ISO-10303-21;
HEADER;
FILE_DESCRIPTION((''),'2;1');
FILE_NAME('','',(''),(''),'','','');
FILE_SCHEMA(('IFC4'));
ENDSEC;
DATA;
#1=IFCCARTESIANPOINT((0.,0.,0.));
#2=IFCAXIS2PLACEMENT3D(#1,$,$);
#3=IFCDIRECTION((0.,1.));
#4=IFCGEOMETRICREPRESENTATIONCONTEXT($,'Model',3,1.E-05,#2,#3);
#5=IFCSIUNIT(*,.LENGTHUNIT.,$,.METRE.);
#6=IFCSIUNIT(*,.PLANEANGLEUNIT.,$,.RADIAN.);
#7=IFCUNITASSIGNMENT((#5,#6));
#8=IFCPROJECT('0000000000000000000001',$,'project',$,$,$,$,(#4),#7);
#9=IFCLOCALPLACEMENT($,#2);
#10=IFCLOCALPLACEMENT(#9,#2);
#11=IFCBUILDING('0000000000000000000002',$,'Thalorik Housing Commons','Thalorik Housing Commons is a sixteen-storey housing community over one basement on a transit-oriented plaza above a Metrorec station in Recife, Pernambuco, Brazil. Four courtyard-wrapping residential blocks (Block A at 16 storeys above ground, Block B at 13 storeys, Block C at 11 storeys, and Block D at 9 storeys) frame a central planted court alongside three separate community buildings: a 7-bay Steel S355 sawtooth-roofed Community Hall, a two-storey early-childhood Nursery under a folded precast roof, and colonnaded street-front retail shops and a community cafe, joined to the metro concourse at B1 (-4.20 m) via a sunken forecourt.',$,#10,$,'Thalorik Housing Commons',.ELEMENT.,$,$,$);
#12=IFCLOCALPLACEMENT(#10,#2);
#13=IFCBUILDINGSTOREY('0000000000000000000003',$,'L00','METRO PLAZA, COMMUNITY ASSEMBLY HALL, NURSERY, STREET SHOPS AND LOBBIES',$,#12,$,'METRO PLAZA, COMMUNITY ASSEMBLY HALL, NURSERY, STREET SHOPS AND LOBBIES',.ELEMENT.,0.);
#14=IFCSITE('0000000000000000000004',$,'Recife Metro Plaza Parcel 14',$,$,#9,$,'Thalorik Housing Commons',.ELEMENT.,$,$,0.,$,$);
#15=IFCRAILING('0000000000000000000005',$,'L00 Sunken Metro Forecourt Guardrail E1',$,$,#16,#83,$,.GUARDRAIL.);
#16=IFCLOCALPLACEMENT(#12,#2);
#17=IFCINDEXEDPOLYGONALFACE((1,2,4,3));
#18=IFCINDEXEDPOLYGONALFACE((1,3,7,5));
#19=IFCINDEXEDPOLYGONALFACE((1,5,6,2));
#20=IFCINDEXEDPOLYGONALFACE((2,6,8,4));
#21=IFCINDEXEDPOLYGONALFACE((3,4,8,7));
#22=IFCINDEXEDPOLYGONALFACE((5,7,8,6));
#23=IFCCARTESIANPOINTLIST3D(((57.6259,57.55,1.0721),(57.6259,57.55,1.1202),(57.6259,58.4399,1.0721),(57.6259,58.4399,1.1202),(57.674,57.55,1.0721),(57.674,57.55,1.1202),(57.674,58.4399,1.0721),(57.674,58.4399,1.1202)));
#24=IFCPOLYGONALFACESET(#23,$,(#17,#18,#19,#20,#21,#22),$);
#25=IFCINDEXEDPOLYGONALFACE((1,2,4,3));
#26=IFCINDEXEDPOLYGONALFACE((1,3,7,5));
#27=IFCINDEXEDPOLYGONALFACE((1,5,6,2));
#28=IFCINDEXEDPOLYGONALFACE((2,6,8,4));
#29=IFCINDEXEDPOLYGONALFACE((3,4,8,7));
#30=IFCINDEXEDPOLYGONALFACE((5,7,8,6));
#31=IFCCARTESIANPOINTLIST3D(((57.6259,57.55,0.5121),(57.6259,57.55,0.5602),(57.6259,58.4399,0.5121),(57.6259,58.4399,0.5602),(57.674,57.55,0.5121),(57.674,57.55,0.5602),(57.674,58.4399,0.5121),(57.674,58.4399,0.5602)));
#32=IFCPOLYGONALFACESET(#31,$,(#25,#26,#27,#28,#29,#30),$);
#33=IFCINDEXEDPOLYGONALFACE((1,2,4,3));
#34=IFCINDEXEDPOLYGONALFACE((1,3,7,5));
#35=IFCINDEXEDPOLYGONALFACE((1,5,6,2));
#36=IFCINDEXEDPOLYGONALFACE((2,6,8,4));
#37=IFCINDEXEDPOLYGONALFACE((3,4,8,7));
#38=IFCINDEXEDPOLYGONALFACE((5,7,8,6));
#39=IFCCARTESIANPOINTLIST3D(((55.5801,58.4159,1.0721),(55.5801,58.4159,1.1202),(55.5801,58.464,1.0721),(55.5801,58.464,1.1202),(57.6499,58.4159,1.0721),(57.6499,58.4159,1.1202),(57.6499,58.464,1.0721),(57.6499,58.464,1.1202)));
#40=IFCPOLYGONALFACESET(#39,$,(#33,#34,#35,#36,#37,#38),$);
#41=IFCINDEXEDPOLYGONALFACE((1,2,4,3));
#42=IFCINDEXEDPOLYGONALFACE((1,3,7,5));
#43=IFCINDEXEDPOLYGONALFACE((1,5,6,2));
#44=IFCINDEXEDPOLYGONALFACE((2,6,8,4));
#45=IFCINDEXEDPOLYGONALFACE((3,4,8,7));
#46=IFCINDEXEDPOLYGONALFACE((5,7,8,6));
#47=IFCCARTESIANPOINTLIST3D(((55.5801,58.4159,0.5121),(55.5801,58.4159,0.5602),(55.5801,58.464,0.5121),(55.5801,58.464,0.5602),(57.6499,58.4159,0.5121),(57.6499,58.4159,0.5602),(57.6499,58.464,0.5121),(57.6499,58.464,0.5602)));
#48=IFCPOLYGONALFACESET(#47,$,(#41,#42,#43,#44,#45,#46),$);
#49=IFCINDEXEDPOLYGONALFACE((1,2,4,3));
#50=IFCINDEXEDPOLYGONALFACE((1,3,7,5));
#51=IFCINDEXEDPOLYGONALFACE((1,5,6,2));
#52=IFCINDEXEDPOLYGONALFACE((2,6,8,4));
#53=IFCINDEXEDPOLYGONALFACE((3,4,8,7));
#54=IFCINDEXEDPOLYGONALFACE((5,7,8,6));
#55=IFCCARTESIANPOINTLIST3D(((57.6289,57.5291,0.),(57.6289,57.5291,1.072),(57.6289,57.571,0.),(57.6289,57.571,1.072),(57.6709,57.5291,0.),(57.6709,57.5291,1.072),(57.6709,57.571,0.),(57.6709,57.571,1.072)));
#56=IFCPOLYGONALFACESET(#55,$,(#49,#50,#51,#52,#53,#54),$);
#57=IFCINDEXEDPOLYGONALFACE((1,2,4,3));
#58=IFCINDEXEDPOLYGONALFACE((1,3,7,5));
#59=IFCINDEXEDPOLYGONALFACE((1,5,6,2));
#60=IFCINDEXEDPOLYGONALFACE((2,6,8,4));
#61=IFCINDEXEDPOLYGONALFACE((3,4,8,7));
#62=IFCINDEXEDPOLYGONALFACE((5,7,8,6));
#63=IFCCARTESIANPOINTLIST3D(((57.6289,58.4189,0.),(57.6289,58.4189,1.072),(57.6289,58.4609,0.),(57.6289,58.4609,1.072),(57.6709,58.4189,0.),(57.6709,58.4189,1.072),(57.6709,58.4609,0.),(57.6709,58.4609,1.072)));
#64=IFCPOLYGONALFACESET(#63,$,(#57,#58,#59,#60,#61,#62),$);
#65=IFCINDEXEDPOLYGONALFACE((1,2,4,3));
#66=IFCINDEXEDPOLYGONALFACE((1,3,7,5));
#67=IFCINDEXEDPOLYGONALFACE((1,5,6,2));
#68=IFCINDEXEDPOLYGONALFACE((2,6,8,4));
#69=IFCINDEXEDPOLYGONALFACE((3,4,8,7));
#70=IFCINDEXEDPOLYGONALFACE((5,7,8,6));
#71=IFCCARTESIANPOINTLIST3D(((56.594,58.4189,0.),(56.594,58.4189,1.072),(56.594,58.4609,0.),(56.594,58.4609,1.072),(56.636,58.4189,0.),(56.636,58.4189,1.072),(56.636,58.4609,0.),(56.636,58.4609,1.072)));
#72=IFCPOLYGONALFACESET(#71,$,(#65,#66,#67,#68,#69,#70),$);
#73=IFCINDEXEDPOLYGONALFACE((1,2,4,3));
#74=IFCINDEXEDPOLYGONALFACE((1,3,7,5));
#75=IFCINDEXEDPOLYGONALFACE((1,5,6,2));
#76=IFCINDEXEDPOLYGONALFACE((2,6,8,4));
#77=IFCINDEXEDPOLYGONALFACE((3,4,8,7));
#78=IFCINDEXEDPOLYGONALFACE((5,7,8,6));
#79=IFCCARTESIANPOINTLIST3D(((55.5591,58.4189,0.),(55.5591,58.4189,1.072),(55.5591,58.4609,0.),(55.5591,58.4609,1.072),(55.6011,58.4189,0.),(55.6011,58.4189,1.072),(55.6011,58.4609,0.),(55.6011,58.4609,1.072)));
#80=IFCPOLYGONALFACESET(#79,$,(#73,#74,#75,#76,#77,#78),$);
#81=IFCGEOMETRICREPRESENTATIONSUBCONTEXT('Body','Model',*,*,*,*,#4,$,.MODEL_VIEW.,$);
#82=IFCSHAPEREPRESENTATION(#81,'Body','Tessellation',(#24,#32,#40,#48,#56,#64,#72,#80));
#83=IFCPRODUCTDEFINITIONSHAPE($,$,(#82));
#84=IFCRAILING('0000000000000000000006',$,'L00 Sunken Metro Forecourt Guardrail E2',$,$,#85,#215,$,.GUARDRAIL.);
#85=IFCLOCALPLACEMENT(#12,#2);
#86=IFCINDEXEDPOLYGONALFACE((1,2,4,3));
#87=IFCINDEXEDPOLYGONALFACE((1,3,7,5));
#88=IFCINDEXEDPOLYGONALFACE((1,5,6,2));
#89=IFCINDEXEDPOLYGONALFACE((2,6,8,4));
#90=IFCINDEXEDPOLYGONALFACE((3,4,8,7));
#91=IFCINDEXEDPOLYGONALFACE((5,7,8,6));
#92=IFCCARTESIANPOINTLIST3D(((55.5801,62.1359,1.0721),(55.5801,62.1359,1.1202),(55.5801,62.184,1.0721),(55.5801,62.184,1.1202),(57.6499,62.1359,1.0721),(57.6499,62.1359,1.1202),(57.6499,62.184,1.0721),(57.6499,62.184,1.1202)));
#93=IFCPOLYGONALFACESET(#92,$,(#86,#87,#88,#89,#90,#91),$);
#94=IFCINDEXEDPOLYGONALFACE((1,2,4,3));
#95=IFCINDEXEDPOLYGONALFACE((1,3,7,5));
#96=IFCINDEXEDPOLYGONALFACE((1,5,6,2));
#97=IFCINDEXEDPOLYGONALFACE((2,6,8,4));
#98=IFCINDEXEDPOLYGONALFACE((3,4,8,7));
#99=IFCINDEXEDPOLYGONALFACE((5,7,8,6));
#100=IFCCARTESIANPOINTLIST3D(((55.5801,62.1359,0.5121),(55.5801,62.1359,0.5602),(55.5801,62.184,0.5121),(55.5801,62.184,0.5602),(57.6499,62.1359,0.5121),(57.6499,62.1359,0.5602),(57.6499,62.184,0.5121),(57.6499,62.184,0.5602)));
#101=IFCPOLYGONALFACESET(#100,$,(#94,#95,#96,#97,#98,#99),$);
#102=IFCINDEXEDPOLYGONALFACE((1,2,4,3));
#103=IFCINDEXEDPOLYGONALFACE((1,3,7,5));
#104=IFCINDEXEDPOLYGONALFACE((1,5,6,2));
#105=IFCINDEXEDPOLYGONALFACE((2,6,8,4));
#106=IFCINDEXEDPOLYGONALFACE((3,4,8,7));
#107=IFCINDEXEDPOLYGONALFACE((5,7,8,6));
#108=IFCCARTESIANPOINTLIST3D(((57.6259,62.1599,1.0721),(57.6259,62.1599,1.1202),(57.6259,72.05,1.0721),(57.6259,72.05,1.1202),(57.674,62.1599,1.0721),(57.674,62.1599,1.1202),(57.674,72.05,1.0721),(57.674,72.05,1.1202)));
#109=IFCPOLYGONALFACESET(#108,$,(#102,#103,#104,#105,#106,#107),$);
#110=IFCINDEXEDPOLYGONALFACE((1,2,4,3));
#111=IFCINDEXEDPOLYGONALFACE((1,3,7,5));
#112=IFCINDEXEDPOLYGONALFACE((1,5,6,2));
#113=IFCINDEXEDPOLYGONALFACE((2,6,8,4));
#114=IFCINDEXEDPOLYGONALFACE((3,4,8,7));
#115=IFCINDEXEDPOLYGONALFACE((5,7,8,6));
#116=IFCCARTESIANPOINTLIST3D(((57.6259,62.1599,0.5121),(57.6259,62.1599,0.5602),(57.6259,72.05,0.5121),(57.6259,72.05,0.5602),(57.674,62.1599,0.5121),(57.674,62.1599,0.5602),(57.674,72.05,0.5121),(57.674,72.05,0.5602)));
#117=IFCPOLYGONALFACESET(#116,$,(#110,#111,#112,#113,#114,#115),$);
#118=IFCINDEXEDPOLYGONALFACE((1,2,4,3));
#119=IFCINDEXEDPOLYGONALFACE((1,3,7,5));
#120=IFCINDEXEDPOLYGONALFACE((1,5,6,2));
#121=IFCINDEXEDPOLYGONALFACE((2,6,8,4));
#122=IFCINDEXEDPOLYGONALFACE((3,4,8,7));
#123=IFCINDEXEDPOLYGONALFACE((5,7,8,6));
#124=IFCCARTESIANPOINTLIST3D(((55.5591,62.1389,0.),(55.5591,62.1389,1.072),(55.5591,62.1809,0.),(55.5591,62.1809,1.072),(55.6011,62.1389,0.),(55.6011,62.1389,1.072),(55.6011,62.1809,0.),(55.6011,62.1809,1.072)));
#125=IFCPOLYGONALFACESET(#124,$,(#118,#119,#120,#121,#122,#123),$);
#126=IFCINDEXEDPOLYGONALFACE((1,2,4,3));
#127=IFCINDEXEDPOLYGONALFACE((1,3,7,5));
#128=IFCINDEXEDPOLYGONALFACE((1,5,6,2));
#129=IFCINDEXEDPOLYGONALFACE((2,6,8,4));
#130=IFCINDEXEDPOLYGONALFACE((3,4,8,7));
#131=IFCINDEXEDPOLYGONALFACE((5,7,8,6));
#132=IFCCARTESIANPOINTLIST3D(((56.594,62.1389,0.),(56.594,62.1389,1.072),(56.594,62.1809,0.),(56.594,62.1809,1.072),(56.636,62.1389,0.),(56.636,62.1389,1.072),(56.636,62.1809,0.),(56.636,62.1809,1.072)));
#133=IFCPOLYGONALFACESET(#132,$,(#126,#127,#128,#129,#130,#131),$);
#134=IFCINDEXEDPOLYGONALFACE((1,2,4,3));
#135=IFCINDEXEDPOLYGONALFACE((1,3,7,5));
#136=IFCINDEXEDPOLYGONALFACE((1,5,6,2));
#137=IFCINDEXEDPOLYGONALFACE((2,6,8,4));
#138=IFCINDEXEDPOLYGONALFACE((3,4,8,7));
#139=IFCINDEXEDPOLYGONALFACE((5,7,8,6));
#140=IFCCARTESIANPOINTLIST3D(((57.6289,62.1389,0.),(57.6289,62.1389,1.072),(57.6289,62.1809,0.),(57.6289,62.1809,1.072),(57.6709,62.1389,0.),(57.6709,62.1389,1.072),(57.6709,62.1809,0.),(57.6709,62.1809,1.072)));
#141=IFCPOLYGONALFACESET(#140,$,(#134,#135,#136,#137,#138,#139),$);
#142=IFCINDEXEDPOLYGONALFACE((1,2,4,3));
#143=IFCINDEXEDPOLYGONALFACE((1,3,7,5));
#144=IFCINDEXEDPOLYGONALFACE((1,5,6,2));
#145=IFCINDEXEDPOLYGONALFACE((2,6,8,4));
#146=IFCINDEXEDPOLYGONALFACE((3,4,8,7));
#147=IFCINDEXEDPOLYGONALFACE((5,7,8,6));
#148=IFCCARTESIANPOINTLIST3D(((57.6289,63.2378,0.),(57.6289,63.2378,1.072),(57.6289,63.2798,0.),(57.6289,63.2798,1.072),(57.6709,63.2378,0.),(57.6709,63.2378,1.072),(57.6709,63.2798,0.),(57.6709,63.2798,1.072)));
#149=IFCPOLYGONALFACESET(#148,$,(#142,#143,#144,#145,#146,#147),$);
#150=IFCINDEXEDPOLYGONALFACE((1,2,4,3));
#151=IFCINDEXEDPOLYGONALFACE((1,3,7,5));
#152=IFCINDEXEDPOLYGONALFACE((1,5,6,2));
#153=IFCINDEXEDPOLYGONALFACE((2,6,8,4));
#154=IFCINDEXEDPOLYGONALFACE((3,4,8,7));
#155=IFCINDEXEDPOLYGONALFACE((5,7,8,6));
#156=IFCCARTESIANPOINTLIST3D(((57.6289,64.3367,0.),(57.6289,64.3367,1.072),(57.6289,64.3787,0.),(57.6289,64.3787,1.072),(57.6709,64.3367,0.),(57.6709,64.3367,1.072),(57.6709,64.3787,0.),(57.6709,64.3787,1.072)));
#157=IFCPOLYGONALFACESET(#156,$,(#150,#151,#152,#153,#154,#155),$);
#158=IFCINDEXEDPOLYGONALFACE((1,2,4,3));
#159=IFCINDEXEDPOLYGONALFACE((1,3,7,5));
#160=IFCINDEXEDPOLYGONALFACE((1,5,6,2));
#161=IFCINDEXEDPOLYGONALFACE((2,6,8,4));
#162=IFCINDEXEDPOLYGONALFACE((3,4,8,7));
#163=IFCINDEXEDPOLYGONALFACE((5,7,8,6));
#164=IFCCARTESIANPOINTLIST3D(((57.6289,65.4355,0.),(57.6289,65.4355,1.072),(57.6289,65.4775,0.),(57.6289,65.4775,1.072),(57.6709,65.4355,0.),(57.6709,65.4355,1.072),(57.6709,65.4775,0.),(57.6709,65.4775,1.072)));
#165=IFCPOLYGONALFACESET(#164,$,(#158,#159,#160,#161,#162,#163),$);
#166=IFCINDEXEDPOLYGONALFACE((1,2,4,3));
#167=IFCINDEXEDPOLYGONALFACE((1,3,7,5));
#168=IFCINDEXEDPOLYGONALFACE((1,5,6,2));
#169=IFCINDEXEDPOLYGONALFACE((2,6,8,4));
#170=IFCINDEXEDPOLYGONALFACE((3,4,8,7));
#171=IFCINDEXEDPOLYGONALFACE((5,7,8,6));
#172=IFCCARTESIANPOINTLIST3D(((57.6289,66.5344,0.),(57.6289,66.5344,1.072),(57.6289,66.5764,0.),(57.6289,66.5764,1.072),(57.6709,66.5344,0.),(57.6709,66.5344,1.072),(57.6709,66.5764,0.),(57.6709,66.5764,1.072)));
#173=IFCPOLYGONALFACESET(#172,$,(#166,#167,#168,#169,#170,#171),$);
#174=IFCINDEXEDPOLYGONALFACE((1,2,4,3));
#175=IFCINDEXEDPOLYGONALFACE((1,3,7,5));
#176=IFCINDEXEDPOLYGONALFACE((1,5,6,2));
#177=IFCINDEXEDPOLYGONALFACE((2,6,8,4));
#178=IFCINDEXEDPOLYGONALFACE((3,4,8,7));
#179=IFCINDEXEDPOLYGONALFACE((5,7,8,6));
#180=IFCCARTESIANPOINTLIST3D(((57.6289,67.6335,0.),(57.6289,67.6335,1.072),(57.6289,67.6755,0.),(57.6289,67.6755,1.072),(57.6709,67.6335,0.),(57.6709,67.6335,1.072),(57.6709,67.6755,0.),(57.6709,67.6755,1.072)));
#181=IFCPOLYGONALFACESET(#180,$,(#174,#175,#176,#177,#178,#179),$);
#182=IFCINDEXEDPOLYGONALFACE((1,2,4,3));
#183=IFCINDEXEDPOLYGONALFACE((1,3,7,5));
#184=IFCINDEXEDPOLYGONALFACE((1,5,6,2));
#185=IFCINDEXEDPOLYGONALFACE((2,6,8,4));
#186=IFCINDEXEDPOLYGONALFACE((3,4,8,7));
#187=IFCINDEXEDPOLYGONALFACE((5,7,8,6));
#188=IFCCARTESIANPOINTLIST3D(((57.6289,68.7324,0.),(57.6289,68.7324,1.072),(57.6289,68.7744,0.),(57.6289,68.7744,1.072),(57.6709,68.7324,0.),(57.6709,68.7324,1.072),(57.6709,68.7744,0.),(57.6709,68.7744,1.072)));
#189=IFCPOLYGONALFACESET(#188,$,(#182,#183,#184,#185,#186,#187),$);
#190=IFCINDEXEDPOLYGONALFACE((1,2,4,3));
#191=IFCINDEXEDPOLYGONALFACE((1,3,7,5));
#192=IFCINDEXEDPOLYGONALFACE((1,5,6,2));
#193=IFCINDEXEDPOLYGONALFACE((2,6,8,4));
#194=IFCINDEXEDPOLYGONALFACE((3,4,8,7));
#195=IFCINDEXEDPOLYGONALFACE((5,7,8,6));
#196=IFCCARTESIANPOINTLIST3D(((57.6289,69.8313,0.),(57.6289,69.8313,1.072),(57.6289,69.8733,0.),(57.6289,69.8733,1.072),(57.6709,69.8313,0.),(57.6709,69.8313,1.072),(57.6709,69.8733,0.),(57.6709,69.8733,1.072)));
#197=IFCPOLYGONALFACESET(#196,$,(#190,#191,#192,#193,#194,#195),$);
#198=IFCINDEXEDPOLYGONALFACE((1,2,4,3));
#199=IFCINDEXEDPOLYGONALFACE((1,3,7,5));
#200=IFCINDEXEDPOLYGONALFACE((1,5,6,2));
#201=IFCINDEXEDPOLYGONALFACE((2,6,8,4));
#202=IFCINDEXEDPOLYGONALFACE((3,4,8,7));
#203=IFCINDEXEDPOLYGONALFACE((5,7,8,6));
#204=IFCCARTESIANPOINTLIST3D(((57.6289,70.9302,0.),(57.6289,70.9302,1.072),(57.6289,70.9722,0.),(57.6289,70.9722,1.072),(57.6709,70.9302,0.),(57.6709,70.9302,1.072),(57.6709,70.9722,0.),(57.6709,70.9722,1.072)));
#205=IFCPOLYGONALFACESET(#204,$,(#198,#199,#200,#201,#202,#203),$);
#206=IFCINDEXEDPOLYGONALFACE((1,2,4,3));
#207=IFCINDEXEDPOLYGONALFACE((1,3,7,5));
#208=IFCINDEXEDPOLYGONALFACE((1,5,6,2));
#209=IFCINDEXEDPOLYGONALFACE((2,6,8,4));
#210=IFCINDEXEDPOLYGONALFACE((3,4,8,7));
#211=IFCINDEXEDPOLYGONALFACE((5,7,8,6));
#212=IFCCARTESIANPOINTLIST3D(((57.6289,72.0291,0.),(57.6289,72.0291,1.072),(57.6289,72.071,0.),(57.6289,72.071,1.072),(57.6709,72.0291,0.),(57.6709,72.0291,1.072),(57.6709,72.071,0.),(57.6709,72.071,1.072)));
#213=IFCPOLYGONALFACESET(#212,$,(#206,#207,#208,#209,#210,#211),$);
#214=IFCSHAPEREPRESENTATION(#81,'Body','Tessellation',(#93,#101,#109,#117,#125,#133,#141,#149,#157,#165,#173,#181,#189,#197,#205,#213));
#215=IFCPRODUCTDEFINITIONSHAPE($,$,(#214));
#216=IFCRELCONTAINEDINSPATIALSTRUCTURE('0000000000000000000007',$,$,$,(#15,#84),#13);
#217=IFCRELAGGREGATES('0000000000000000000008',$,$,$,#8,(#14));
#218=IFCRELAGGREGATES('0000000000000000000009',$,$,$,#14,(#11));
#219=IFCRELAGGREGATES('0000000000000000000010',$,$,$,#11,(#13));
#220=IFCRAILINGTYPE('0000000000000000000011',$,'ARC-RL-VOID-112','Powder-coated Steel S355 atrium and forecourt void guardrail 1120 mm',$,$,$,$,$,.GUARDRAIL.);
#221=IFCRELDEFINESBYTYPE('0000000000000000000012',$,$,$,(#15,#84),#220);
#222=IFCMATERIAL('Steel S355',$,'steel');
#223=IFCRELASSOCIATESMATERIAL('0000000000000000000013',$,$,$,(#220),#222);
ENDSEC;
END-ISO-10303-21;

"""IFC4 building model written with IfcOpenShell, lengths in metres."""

from ifc_helpers import new_model, si_unit, direction, frame, origin, origin_2d, place, context, subcontext, project, spatial, rectangle, extrude, material, type_object, element, save


model = new_model("IFC4")

# Units and contexts
model_context = context("Model", 3, precision=1e-05, world=origin(), true_north=direction((0.0, 1.0)))
body_context = subcontext(model_context, "Body", "Model", "MODEL_VIEW")
ifc_project = project(units=[si_unit("LENGTHUNIT", "METRE"), si_unit("PLANEANGLEUNIT", "RADIAN")], contexts=[model_context])

# Site, building, storey
site_placement = place(None, origin())
site = spatial("IfcSite", under=ifc_project, at=site_placement, Name="Recife Metro Plaza Parcel 14", LongName="Thalorik Housing Commons", CompositionType="ELEMENT", RefElevation=0.0)
building_placement = place(site_placement, origin())
building = spatial("IfcBuilding", under=site, at=building_placement, Name="Thalorik Housing Commons", Description="Thalorik Housing Commons is a sixteen-storey housing community over one basement on a transit-oriented plaza above a Metrorec station in Recife, Pernambuco, Brazil. Four courtyard-wrapping residential blocks (Block A at 16 storeys above ground, Block B at 13 storeys, Block C at 11 storeys, and Block D at 9 storeys) frame a central planted court alongside three separate community buildings: a 7-bay Steel S355 sawtooth-roofed Community Hall, a two-storey early-childhood Nursery under a folded precast roof, and colonnaded street-front retail shops and a community cafe, joined to the metro concourse at B1 (-4.20 m) via a sunken forecourt.", LongName="Thalorik Housing Commons", CompositionType="ELEMENT")
storey_placement = place(building_placement, origin())
storey = spatial("IfcBuildingStorey", under=building, at=storey_placement, Name="L00", Description="METRO PLAZA, COMMUNITY ASSEMBLY HALL, NURSERY, STREET SHOPS AND LOBBIES", LongName="METRO PLAZA, COMMUNITY ASSEMBLY HALL, NURSERY, STREET SHOPS AND LOBBIES", CompositionType="ELEMENT", Elevation=0.0)

# Shared definitions
ifc_material_1 = material(Name="Steel S355", Category="steel")

# Railings
railing_type_1 = type_object("IfcRailingType", Name="ARC-RL-VOID-112", Description="Powder-coated Steel S355 atrium and forecourt void guardrail 1120 mm", PredefinedType="GUARDRAIL", material=ifc_material_1)
railing_1_placement = place(storey_placement, frame((57.6499, 57.55, 0.0)))
element("IfcRailing", 1, at=railing_1_placement, inside=storey, type_object=railing_type_1, Name="L00 Sunken Metro Forecourt Guardrail E1", PredefinedType="GUARDRAIL", context=body_context, shape_type="SweptSolid", body=[
    extrude(rectangle(XDim=0.0481, YDim=0.0481, at=origin_2d()), frame((0.0, 0.0, 1.0962), z_axis=(0.0, 1.0, 0.0), x_axis=(-1.0, 0.0, 0.0)), (0.0, 0.0, 1.0), 0.8899),
    extrude(rectangle(XDim=0.0481, YDim=0.0481, at=origin_2d()), frame((0.0, 0.0, 0.5361), z_axis=(0.0, 1.0, 0.0), x_axis=(-1.0, 0.0, 0.0)), (0.0, 0.0, 1.0), 0.8899),
    extrude(rectangle(XDim=0.0481, YDim=0.0481, at=origin_2d()), frame((0.0, 0.8899, 1.0962), z_axis=(-1.0, 0.0, 0.0), x_axis=(0.0, -1.0, 0.0)), (0.0, 0.0, 1.0), 2.0698),
    extrude(rectangle(XDim=0.0481, YDim=0.0481, at=origin_2d()), frame((0.0, 0.8899, 0.5361), z_axis=(-1.0, 0.0, 0.0), x_axis=(0.0, -1.0, 0.0)), (0.0, 0.0, 1.0), 2.0698),
    extrude(rectangle(XDim=0.042, YDim=0.042, at=origin_2d()), origin(), (0.0, 0.0, 1.0), 1.072),
    extrude(rectangle(XDim=0.042, YDim=0.042, at=origin_2d()), frame((0.0, 0.8899, 0.0)), (0.0, 0.0, 1.0), 1.072),
    extrude(rectangle(XDim=0.042, YDim=0.042, at=origin_2d()), frame((-1.0349, 0.8899, 0.0)), (0.0, 0.0, 1.0), 1.072),
    extrude(rectangle(XDim=0.042, YDim=0.042, at=origin_2d()), frame((-2.0698, 0.8899, 0.0)), (0.0, 0.0, 1.0), 1.072),
])
railing_2_placement = place(storey_placement, frame((55.5801, 62.1599, 0.0)))
element("IfcRailing", 2, at=railing_2_placement, inside=storey, type_object=railing_type_1, Name="L00 Sunken Metro Forecourt Guardrail E2", PredefinedType="GUARDRAIL", context=body_context, shape_type="SweptSolid", body=[
    extrude(rectangle(XDim=0.0481, YDim=0.0481, at=origin_2d()), frame((0.0, 0.0, 1.0962), z_axis=(1.0, 0.0, 0.0), x_axis=(0.0, 1.0, 0.0)), (0.0, 0.0, 1.0), 2.0698),
    extrude(rectangle(XDim=0.0481, YDim=0.0481, at=origin_2d()), frame((0.0, 0.0, 0.5361), z_axis=(1.0, 0.0, 0.0), x_axis=(0.0, 1.0, 0.0)), (0.0, 0.0, 1.0), 2.0698),
    extrude(rectangle(XDim=0.0481, YDim=0.0481, at=origin_2d()), frame((2.0698, 0.0, 1.0962), z_axis=(0.0, 1.0, 0.0), x_axis=(-1.0, 0.0, 0.0)), (0.0, 0.0, 1.0), 9.8901),
    extrude(rectangle(XDim=0.0481, YDim=0.0481, at=origin_2d()), frame((2.0698, 0.0, 0.5361), z_axis=(0.0, 1.0, 0.0), x_axis=(-1.0, 0.0, 0.0)), (0.0, 0.0, 1.0), 9.8901),
    extrude(rectangle(XDim=0.042, YDim=0.042, at=origin_2d()), origin(), (0.0, 0.0, 1.0), 1.072),
    extrude(rectangle(XDim=0.042, YDim=0.042, at=origin_2d()), frame((1.0349, 0.0, 0.0)), (0.0, 0.0, 1.0), 1.072),
    extrude(rectangle(XDim=0.042, YDim=0.042, at=origin_2d()), frame((2.0698, 0.0, 0.0)), (0.0, 0.0, 1.0), 1.072),
    extrude(rectangle(XDim=0.042, YDim=0.042, at=origin_2d()), frame((2.0698, 1.0989, 0.0)), (0.0, 0.0, 1.0), 1.072),
    extrude(rectangle(XDim=0.042, YDim=0.042, at=origin_2d()), frame((2.0698, 2.1978, 0.0)), (0.0, 0.0, 1.0), 1.072),
    extrude(rectangle(XDim=0.042, YDim=0.042, at=origin_2d()), frame((2.0698, 3.2966, 0.0)), (0.0, 0.0, 1.0), 1.072),
    extrude(rectangle(XDim=0.042, YDim=0.042, at=origin_2d()), frame((2.0698, 4.3955, 0.0)), (0.0, 0.0, 1.0), 1.072),
    extrude(rectangle(XDim=0.042, YDim=0.042, at=origin_2d()), frame((2.0698, 5.4946, 0.0)), (0.0, 0.0, 1.0), 1.072),
    extrude(rectangle(XDim=0.042, YDim=0.042, at=origin_2d()), frame((2.0698, 6.5935, 0.0)), (0.0, 0.0, 1.0), 1.072),
    extrude(rectangle(XDim=0.042, YDim=0.042, at=origin_2d()), frame((2.0698, 7.6924, 0.0)), (0.0, 0.0, 1.0), 1.072),
    extrude(rectangle(XDim=0.042, YDim=0.042, at=origin_2d()), frame((2.0698, 8.7913, 0.0)), (0.0, 0.0, 1.0), 1.072),
    extrude(rectangle(XDim=0.042, YDim=0.042, at=origin_2d()), frame((2.0698, 9.8901, 0.0)), (0.0, 0.0, 1.0), 1.072),
])

save(model, "model.ifc")
